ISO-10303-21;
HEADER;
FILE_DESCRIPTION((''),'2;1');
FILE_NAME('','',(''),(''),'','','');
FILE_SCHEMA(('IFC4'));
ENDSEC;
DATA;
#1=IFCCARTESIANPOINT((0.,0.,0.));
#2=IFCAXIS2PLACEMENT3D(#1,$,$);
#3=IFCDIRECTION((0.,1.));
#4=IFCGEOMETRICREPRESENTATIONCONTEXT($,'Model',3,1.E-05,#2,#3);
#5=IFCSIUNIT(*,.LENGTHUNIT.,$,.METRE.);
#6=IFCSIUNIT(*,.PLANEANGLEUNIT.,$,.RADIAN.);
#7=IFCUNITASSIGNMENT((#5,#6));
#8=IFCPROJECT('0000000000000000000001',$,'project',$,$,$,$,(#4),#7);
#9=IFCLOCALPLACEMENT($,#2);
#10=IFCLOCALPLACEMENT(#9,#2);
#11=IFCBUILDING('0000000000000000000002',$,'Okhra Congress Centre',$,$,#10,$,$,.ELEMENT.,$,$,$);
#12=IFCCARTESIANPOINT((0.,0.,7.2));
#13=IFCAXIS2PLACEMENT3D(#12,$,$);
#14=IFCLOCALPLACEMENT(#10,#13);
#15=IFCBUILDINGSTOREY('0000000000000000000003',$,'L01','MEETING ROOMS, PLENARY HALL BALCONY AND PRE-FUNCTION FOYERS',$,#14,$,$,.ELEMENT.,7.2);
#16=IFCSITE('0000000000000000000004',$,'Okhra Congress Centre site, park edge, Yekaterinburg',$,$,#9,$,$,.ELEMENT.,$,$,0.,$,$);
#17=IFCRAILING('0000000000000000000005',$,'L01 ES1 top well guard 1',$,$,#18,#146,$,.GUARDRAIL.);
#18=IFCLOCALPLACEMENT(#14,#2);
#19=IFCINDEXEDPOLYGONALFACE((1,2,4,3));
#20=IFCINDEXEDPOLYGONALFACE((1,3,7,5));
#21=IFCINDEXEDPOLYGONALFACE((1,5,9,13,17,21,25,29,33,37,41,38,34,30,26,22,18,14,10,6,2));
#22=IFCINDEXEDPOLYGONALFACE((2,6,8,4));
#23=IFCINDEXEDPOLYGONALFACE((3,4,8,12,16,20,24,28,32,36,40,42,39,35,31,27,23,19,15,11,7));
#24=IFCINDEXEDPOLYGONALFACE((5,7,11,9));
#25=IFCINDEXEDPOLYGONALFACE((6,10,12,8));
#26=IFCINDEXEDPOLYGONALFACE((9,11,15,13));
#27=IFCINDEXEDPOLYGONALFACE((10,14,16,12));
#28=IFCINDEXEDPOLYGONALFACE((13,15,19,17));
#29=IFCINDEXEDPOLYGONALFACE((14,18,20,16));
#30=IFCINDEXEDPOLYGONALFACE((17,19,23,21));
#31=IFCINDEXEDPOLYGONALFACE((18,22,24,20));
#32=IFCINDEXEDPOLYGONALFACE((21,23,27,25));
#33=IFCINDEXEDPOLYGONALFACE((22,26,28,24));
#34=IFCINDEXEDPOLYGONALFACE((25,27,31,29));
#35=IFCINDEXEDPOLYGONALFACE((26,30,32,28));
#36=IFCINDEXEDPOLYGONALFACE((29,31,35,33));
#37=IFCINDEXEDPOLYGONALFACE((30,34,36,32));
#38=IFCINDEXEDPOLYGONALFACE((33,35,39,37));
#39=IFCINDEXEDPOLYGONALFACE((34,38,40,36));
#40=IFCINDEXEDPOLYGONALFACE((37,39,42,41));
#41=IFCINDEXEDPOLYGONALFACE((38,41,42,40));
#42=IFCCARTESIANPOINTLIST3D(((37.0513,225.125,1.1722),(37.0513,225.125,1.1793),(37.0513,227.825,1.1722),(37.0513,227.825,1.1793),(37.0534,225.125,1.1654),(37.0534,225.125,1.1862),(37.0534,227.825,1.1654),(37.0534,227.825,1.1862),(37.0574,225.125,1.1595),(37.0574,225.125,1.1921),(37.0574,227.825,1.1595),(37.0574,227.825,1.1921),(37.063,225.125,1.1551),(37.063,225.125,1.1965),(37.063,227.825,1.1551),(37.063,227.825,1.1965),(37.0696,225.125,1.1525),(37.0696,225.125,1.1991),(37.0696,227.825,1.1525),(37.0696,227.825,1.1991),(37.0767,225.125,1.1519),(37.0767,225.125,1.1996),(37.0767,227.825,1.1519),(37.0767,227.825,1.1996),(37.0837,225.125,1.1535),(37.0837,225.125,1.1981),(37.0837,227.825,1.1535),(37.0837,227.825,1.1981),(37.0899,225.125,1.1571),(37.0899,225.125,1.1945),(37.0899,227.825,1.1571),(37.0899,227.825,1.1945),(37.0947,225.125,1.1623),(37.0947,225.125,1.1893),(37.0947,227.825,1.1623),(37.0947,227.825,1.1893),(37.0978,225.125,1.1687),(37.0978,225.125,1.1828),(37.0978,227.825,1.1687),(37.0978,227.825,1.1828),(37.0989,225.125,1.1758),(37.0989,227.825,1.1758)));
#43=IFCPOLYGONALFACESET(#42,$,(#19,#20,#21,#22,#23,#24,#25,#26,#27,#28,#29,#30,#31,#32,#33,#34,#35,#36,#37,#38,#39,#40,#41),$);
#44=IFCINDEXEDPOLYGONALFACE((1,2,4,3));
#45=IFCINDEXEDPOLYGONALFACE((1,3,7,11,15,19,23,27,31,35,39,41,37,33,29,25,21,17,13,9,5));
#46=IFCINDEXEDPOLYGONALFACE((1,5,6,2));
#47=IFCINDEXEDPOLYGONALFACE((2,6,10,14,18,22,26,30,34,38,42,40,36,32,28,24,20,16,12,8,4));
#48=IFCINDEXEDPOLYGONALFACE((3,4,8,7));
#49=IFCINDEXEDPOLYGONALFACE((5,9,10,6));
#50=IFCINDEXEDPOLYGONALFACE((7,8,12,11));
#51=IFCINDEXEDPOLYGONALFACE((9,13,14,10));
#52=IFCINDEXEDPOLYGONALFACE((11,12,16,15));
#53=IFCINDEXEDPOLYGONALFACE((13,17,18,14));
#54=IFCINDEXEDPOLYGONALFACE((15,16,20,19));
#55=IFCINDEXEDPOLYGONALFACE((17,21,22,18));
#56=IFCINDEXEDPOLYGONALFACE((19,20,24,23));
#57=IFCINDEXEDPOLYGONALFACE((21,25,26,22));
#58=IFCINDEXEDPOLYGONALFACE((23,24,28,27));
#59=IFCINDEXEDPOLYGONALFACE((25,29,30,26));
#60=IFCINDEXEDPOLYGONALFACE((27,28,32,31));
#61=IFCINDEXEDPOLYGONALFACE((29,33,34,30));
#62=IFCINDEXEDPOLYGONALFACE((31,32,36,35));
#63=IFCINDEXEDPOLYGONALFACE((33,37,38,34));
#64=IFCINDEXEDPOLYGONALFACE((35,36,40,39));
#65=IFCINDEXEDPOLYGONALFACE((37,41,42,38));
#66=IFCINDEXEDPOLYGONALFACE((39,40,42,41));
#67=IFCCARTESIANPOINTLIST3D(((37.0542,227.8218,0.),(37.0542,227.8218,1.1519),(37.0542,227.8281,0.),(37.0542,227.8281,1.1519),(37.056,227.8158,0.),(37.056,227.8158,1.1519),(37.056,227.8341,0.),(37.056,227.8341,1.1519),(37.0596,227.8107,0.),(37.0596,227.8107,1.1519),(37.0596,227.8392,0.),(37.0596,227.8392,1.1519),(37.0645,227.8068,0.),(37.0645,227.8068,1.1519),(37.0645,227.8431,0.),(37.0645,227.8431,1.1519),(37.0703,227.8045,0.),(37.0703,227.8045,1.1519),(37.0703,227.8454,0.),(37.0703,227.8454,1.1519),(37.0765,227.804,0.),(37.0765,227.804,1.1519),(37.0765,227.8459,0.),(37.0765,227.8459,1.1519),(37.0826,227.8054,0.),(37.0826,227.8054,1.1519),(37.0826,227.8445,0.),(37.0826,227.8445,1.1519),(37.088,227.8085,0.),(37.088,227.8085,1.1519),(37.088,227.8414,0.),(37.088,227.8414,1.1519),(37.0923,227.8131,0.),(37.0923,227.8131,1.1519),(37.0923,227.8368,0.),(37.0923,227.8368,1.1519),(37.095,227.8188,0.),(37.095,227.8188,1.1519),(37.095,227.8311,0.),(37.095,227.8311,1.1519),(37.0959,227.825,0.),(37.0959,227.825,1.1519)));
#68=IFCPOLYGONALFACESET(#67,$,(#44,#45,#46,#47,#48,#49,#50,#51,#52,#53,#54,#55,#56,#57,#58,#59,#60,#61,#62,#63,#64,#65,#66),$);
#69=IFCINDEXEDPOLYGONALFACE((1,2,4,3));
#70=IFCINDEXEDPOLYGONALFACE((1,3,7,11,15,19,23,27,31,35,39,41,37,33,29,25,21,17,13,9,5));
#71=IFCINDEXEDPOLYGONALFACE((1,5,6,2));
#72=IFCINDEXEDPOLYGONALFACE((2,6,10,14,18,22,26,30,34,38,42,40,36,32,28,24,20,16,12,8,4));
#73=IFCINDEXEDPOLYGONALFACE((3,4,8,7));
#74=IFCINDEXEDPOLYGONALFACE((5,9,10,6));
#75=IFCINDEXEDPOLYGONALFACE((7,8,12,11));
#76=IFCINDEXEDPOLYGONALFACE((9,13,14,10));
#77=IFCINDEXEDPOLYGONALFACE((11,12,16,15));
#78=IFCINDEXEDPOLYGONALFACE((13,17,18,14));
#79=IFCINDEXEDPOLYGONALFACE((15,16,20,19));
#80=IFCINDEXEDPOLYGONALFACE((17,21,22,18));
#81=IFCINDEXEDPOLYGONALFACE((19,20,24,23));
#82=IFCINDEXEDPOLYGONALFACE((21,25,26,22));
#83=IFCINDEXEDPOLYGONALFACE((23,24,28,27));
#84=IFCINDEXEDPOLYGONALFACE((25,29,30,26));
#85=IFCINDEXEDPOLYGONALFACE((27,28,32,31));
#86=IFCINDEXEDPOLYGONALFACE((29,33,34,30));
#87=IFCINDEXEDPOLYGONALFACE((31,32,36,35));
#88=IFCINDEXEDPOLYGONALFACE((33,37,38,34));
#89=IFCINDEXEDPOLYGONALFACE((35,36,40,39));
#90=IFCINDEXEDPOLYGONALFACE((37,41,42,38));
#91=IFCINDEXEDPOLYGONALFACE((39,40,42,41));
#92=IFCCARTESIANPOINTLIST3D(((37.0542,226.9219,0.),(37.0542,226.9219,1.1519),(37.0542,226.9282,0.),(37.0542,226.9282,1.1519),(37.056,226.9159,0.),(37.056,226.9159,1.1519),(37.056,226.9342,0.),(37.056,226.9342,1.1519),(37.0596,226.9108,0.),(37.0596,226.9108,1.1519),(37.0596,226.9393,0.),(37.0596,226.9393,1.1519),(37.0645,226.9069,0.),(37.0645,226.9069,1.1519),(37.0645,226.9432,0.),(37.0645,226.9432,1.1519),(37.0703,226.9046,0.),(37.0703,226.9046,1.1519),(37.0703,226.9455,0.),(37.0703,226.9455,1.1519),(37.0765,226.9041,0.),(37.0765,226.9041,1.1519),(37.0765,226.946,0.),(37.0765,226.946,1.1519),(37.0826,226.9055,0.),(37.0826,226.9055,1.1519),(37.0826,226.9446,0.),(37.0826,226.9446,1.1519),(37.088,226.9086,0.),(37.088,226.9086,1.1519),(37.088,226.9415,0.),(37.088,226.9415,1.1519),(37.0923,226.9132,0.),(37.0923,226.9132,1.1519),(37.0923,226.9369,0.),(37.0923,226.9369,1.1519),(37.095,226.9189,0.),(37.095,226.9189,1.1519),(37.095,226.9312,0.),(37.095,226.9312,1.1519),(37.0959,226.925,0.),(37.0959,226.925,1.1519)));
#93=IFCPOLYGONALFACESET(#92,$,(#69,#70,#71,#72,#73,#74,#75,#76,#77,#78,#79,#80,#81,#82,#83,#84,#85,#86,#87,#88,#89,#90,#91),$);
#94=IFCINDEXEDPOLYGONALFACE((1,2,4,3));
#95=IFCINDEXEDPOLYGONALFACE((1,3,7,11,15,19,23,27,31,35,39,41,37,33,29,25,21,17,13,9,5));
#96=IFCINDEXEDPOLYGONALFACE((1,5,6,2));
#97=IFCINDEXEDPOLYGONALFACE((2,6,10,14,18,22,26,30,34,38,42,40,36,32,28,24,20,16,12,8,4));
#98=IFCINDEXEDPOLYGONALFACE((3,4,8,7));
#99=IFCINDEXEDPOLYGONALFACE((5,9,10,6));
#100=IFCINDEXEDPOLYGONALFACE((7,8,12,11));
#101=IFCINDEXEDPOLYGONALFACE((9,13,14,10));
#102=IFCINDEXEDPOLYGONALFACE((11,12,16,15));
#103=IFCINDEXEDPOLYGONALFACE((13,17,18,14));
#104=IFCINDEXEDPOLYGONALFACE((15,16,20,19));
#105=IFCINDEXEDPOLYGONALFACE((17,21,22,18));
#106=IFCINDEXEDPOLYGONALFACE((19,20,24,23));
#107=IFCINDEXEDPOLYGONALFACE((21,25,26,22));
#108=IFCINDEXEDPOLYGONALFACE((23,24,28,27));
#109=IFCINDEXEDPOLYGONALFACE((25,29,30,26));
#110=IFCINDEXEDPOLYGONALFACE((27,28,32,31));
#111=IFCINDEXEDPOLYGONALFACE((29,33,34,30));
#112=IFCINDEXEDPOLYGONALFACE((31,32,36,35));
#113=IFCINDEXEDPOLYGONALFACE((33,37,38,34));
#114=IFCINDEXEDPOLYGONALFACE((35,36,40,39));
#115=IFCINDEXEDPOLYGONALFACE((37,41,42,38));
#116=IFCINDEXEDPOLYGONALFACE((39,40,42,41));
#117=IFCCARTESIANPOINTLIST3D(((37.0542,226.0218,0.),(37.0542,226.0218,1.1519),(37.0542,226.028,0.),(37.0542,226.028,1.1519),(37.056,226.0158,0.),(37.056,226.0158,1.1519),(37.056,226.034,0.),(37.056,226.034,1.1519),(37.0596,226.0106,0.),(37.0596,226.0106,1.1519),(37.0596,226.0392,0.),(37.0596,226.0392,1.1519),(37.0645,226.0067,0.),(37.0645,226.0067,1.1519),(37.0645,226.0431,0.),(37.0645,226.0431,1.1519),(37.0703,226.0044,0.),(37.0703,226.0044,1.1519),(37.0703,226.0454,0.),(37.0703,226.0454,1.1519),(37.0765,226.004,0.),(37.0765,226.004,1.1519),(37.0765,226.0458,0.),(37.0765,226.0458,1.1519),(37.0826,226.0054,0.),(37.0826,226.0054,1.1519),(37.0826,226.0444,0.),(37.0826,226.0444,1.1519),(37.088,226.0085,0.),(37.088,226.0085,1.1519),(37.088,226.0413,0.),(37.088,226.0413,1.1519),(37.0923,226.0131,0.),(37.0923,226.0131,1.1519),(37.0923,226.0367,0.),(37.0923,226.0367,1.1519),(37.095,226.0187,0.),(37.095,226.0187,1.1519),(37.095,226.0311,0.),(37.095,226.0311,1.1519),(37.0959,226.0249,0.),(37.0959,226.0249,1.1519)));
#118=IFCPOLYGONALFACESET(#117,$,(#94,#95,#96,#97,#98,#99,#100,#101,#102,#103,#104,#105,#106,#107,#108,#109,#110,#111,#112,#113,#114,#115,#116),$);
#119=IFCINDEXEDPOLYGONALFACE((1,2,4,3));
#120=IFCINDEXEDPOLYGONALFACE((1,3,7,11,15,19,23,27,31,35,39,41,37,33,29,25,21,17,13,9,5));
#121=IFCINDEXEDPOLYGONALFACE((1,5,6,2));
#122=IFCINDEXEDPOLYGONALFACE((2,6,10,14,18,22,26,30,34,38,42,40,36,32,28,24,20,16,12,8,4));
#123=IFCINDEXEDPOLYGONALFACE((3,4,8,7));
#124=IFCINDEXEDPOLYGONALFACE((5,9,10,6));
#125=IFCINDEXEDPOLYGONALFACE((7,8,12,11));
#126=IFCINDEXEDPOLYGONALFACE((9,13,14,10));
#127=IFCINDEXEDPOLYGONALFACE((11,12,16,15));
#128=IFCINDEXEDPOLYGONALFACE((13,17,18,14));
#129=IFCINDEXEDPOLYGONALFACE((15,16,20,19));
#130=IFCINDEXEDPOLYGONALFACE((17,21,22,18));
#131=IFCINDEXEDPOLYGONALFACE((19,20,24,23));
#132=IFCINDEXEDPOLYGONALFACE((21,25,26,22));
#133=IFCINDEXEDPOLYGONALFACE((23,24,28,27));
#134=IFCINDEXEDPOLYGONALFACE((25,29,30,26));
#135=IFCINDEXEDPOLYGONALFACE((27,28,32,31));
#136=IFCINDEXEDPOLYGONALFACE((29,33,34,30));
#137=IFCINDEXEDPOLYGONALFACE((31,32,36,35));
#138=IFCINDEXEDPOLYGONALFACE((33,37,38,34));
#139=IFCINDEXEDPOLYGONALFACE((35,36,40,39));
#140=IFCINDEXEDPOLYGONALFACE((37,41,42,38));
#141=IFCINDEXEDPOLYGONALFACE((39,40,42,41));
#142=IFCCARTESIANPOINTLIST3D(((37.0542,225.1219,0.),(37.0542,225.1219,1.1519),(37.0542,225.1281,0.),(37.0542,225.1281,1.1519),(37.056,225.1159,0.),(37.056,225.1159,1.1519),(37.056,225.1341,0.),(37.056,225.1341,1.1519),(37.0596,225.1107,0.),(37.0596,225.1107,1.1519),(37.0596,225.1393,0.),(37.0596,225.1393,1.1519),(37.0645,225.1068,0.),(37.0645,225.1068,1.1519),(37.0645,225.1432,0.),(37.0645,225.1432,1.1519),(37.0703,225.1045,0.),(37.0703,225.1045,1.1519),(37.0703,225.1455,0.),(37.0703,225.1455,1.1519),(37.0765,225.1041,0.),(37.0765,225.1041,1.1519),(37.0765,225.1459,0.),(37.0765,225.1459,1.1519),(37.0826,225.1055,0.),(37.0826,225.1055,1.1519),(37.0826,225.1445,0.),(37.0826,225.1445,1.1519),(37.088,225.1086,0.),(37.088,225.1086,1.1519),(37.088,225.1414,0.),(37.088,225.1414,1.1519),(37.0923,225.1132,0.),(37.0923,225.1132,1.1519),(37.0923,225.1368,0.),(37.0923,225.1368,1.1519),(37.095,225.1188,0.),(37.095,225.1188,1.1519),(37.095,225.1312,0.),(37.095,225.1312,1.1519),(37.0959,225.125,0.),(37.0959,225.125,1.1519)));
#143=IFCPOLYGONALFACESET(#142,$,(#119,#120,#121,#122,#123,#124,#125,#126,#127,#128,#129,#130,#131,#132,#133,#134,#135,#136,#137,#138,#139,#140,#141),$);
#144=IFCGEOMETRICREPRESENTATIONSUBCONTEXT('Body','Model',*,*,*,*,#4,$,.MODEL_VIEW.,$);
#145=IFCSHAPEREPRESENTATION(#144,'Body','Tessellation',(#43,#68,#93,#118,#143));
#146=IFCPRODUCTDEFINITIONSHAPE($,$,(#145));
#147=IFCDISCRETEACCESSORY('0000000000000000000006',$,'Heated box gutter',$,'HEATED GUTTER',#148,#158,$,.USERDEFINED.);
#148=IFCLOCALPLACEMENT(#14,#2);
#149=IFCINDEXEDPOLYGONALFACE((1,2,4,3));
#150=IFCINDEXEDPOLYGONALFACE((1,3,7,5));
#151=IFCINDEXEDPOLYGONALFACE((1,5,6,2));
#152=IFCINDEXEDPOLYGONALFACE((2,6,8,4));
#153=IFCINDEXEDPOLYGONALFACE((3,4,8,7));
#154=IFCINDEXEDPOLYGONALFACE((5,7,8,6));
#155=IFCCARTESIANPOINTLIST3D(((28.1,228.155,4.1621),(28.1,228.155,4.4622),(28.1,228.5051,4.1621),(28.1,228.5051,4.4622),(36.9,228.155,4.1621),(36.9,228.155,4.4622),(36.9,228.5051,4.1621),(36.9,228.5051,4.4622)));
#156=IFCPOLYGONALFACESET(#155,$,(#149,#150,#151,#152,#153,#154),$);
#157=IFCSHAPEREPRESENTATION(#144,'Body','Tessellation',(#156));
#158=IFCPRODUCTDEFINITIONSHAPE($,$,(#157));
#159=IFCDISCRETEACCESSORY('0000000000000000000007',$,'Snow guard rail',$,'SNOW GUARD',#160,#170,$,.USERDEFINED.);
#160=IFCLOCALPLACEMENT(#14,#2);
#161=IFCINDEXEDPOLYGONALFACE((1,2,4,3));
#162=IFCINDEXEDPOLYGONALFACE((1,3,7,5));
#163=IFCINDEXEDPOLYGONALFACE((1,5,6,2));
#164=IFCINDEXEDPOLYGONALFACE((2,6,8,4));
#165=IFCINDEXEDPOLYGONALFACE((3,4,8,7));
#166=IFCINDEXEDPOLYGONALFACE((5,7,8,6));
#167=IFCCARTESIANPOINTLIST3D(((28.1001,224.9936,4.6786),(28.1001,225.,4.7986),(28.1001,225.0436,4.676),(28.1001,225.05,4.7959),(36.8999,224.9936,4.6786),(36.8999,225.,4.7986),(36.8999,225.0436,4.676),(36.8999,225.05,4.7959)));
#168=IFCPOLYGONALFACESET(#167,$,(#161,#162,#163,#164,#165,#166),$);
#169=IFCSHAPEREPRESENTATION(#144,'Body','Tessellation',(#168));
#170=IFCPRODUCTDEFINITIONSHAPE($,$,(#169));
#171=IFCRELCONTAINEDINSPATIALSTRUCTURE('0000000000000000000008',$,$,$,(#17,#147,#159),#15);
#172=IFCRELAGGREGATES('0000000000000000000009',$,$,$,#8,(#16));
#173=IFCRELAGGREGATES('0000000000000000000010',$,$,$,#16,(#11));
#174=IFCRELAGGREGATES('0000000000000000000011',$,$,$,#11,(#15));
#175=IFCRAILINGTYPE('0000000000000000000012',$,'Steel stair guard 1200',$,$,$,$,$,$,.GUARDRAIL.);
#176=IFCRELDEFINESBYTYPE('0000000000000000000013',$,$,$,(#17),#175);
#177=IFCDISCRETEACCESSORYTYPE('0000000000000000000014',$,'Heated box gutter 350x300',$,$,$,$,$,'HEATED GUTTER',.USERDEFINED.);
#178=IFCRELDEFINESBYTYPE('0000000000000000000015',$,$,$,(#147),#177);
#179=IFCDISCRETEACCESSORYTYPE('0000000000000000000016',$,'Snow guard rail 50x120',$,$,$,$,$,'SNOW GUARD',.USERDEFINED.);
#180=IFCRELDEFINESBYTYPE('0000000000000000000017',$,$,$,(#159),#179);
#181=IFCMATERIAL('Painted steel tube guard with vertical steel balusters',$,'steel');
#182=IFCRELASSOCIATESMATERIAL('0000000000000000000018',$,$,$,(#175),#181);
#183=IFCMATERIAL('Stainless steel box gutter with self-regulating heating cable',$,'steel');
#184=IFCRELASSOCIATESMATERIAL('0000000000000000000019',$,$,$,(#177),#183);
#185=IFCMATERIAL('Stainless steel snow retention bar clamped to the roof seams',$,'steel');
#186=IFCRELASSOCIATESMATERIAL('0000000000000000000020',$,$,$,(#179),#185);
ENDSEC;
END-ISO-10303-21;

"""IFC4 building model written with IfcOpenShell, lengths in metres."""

from ifc_helpers import new_model, si_unit, direction, frame, origin, origin_2d, place, context, subcontext, project, spatial, polyline, rectangle, circle, outline, extrude, material, type_object, element, save


model = new_model("IFC4")

# Units and contexts
model_context = context("Model", 3, precision=1e-05, world=origin(), true_north=direction((0.0, 1.0)))
body_context = subcontext(model_context, "Body", "Model", "MODEL_VIEW")
ifc_project = project(units=[si_unit("LENGTHUNIT", "METRE"), si_unit("PLANEANGLEUNIT", "RADIAN")], contexts=[model_context])

# Site, building, storey
site_placement = place(None, origin())
site = spatial("IfcSite", under=ifc_project, at=site_placement, Name="Okhra Congress Centre site, park edge, Yekaterinburg", CompositionType="ELEMENT", RefElevation=0.0)
building_placement = place(site_placement, origin())
building = spatial("IfcBuilding", under=site, at=building_placement, Name="Okhra Congress Centre", CompositionType="ELEMENT")
storey_placement = place(building_placement, frame((0.0, 0.0, 7.2)))
storey = spatial("IfcBuildingStorey", under=building, at=storey_placement, Name="L01", Description="MEETING ROOMS, PLENARY HALL BALCONY AND PRE-FUNCTION FOYERS", CompositionType="ELEMENT", Elevation=7.2)

# Railing
ifc_material_1 = material(Name="Painted steel tube guard with vertical steel balusters", Category="steel")
railing_type = type_object("IfcRailingType", Name="Steel stair guard 1200", PredefinedType="GUARDRAIL", material=ifc_material_1)
railing_placement = place(storey_placement, frame((37.075, 227.825, 0.0)))
element("IfcRailing", 1, at=railing_placement, inside=storey, type_object=railing_type, Name="L01 ES1 top well guard 1", PredefinedType="GUARDRAIL", context=body_context, shape_type="SweptSolid", body=[
    extrude(circle(Radius=0.0239, at=origin_2d()), frame((0.0, 0.0, 1.1758), z_axis=(0.0, -1.0, 0.0), x_axis=(1.0, 0.0, 0.0)), (0.0, 0.0, 1.0), 2.7),
    extrude(circle(Radius=0.021, at=origin_2d()), origin(), (0.0, 0.0, 1.0), 1.1519),
    extrude(circle(Radius=0.021, at=origin_2d()), frame((0.0, -0.8999, 0.0)), (0.0, 0.0, 1.0), 1.1519),
    extrude(circle(Radius=0.021, at=origin_2d()), frame((0.0, -1.8, 0.0)), (0.0, 0.0, 1.0), 1.1519),
    extrude(circle(Radius=0.021, at=origin_2d()), frame((0.0, -2.7, 0.0)), (0.0, 0.0, 1.0), 1.1519),
])

# Discrete accessories
ifc_material_2 = material(Name="Stainless steel box gutter with self-regulating heating cable", Category="steel")
discrete_accessory_type_1 = type_object("IfcDiscreteAccessoryType", Name="Heated box gutter 350x300", ElementType="HEATED GUTTER", PredefinedType="USERDEFINED", material=ifc_material_2)
discrete_accessory_1_placement = place(storey_placement, frame((32.5, 228.3301, 4.1621), z_axis=(0.0, 0.0, 1.0), x_axis=(1.0, 0.0, 0.0)))
element("IfcDiscreteAccessory", 2, at=discrete_accessory_1_placement, inside=storey, type_object=discrete_accessory_type_1, Name="Heated box gutter", ObjectType="HEATED GUTTER", PredefinedType="USERDEFINED", context=body_context, shape_type="SweptSolid", body=[
    extrude(rectangle(XDim=8.8, YDim=0.3501, at=origin_2d()), origin(), (0.0, 0.0, 1.0), 0.3),
])
ifc_material_3 = material(Name="Stainless steel snow retention bar clamped to the roof seams", Category="steel")
discrete_accessory_type_2 = type_object("IfcDiscreteAccessoryType", Name="Snow guard rail 50x120", ElementType="SNOW GUARD", PredefinedType="USERDEFINED", material=ifc_material_3)
discrete_accessory_2_placement = place(storey_placement, frame((28.1001, 225.0, 4.7986), z_axis=(0.0, 0.053581, 0.998563), x_axis=(1.0, 0.0, 0.0)))
element("IfcDiscreteAccessory", 3, at=discrete_accessory_2_placement, inside=storey, type_object=discrete_accessory_type_2, Name="Snow guard rail", ObjectType="SNOW GUARD", PredefinedType="USERDEFINED", context=body_context, shape_type="SweptSolid", body=[
    extrude(outline(polyline([(0.0, 0.0), (8.7998, 0.0), (8.7998, 0.0501), (0.0, 0.0501), (0.0, 0.0)])), origin(), (0.0, 0.0, -1.0), 0.1201),
])

save(model, "model.ifc")
